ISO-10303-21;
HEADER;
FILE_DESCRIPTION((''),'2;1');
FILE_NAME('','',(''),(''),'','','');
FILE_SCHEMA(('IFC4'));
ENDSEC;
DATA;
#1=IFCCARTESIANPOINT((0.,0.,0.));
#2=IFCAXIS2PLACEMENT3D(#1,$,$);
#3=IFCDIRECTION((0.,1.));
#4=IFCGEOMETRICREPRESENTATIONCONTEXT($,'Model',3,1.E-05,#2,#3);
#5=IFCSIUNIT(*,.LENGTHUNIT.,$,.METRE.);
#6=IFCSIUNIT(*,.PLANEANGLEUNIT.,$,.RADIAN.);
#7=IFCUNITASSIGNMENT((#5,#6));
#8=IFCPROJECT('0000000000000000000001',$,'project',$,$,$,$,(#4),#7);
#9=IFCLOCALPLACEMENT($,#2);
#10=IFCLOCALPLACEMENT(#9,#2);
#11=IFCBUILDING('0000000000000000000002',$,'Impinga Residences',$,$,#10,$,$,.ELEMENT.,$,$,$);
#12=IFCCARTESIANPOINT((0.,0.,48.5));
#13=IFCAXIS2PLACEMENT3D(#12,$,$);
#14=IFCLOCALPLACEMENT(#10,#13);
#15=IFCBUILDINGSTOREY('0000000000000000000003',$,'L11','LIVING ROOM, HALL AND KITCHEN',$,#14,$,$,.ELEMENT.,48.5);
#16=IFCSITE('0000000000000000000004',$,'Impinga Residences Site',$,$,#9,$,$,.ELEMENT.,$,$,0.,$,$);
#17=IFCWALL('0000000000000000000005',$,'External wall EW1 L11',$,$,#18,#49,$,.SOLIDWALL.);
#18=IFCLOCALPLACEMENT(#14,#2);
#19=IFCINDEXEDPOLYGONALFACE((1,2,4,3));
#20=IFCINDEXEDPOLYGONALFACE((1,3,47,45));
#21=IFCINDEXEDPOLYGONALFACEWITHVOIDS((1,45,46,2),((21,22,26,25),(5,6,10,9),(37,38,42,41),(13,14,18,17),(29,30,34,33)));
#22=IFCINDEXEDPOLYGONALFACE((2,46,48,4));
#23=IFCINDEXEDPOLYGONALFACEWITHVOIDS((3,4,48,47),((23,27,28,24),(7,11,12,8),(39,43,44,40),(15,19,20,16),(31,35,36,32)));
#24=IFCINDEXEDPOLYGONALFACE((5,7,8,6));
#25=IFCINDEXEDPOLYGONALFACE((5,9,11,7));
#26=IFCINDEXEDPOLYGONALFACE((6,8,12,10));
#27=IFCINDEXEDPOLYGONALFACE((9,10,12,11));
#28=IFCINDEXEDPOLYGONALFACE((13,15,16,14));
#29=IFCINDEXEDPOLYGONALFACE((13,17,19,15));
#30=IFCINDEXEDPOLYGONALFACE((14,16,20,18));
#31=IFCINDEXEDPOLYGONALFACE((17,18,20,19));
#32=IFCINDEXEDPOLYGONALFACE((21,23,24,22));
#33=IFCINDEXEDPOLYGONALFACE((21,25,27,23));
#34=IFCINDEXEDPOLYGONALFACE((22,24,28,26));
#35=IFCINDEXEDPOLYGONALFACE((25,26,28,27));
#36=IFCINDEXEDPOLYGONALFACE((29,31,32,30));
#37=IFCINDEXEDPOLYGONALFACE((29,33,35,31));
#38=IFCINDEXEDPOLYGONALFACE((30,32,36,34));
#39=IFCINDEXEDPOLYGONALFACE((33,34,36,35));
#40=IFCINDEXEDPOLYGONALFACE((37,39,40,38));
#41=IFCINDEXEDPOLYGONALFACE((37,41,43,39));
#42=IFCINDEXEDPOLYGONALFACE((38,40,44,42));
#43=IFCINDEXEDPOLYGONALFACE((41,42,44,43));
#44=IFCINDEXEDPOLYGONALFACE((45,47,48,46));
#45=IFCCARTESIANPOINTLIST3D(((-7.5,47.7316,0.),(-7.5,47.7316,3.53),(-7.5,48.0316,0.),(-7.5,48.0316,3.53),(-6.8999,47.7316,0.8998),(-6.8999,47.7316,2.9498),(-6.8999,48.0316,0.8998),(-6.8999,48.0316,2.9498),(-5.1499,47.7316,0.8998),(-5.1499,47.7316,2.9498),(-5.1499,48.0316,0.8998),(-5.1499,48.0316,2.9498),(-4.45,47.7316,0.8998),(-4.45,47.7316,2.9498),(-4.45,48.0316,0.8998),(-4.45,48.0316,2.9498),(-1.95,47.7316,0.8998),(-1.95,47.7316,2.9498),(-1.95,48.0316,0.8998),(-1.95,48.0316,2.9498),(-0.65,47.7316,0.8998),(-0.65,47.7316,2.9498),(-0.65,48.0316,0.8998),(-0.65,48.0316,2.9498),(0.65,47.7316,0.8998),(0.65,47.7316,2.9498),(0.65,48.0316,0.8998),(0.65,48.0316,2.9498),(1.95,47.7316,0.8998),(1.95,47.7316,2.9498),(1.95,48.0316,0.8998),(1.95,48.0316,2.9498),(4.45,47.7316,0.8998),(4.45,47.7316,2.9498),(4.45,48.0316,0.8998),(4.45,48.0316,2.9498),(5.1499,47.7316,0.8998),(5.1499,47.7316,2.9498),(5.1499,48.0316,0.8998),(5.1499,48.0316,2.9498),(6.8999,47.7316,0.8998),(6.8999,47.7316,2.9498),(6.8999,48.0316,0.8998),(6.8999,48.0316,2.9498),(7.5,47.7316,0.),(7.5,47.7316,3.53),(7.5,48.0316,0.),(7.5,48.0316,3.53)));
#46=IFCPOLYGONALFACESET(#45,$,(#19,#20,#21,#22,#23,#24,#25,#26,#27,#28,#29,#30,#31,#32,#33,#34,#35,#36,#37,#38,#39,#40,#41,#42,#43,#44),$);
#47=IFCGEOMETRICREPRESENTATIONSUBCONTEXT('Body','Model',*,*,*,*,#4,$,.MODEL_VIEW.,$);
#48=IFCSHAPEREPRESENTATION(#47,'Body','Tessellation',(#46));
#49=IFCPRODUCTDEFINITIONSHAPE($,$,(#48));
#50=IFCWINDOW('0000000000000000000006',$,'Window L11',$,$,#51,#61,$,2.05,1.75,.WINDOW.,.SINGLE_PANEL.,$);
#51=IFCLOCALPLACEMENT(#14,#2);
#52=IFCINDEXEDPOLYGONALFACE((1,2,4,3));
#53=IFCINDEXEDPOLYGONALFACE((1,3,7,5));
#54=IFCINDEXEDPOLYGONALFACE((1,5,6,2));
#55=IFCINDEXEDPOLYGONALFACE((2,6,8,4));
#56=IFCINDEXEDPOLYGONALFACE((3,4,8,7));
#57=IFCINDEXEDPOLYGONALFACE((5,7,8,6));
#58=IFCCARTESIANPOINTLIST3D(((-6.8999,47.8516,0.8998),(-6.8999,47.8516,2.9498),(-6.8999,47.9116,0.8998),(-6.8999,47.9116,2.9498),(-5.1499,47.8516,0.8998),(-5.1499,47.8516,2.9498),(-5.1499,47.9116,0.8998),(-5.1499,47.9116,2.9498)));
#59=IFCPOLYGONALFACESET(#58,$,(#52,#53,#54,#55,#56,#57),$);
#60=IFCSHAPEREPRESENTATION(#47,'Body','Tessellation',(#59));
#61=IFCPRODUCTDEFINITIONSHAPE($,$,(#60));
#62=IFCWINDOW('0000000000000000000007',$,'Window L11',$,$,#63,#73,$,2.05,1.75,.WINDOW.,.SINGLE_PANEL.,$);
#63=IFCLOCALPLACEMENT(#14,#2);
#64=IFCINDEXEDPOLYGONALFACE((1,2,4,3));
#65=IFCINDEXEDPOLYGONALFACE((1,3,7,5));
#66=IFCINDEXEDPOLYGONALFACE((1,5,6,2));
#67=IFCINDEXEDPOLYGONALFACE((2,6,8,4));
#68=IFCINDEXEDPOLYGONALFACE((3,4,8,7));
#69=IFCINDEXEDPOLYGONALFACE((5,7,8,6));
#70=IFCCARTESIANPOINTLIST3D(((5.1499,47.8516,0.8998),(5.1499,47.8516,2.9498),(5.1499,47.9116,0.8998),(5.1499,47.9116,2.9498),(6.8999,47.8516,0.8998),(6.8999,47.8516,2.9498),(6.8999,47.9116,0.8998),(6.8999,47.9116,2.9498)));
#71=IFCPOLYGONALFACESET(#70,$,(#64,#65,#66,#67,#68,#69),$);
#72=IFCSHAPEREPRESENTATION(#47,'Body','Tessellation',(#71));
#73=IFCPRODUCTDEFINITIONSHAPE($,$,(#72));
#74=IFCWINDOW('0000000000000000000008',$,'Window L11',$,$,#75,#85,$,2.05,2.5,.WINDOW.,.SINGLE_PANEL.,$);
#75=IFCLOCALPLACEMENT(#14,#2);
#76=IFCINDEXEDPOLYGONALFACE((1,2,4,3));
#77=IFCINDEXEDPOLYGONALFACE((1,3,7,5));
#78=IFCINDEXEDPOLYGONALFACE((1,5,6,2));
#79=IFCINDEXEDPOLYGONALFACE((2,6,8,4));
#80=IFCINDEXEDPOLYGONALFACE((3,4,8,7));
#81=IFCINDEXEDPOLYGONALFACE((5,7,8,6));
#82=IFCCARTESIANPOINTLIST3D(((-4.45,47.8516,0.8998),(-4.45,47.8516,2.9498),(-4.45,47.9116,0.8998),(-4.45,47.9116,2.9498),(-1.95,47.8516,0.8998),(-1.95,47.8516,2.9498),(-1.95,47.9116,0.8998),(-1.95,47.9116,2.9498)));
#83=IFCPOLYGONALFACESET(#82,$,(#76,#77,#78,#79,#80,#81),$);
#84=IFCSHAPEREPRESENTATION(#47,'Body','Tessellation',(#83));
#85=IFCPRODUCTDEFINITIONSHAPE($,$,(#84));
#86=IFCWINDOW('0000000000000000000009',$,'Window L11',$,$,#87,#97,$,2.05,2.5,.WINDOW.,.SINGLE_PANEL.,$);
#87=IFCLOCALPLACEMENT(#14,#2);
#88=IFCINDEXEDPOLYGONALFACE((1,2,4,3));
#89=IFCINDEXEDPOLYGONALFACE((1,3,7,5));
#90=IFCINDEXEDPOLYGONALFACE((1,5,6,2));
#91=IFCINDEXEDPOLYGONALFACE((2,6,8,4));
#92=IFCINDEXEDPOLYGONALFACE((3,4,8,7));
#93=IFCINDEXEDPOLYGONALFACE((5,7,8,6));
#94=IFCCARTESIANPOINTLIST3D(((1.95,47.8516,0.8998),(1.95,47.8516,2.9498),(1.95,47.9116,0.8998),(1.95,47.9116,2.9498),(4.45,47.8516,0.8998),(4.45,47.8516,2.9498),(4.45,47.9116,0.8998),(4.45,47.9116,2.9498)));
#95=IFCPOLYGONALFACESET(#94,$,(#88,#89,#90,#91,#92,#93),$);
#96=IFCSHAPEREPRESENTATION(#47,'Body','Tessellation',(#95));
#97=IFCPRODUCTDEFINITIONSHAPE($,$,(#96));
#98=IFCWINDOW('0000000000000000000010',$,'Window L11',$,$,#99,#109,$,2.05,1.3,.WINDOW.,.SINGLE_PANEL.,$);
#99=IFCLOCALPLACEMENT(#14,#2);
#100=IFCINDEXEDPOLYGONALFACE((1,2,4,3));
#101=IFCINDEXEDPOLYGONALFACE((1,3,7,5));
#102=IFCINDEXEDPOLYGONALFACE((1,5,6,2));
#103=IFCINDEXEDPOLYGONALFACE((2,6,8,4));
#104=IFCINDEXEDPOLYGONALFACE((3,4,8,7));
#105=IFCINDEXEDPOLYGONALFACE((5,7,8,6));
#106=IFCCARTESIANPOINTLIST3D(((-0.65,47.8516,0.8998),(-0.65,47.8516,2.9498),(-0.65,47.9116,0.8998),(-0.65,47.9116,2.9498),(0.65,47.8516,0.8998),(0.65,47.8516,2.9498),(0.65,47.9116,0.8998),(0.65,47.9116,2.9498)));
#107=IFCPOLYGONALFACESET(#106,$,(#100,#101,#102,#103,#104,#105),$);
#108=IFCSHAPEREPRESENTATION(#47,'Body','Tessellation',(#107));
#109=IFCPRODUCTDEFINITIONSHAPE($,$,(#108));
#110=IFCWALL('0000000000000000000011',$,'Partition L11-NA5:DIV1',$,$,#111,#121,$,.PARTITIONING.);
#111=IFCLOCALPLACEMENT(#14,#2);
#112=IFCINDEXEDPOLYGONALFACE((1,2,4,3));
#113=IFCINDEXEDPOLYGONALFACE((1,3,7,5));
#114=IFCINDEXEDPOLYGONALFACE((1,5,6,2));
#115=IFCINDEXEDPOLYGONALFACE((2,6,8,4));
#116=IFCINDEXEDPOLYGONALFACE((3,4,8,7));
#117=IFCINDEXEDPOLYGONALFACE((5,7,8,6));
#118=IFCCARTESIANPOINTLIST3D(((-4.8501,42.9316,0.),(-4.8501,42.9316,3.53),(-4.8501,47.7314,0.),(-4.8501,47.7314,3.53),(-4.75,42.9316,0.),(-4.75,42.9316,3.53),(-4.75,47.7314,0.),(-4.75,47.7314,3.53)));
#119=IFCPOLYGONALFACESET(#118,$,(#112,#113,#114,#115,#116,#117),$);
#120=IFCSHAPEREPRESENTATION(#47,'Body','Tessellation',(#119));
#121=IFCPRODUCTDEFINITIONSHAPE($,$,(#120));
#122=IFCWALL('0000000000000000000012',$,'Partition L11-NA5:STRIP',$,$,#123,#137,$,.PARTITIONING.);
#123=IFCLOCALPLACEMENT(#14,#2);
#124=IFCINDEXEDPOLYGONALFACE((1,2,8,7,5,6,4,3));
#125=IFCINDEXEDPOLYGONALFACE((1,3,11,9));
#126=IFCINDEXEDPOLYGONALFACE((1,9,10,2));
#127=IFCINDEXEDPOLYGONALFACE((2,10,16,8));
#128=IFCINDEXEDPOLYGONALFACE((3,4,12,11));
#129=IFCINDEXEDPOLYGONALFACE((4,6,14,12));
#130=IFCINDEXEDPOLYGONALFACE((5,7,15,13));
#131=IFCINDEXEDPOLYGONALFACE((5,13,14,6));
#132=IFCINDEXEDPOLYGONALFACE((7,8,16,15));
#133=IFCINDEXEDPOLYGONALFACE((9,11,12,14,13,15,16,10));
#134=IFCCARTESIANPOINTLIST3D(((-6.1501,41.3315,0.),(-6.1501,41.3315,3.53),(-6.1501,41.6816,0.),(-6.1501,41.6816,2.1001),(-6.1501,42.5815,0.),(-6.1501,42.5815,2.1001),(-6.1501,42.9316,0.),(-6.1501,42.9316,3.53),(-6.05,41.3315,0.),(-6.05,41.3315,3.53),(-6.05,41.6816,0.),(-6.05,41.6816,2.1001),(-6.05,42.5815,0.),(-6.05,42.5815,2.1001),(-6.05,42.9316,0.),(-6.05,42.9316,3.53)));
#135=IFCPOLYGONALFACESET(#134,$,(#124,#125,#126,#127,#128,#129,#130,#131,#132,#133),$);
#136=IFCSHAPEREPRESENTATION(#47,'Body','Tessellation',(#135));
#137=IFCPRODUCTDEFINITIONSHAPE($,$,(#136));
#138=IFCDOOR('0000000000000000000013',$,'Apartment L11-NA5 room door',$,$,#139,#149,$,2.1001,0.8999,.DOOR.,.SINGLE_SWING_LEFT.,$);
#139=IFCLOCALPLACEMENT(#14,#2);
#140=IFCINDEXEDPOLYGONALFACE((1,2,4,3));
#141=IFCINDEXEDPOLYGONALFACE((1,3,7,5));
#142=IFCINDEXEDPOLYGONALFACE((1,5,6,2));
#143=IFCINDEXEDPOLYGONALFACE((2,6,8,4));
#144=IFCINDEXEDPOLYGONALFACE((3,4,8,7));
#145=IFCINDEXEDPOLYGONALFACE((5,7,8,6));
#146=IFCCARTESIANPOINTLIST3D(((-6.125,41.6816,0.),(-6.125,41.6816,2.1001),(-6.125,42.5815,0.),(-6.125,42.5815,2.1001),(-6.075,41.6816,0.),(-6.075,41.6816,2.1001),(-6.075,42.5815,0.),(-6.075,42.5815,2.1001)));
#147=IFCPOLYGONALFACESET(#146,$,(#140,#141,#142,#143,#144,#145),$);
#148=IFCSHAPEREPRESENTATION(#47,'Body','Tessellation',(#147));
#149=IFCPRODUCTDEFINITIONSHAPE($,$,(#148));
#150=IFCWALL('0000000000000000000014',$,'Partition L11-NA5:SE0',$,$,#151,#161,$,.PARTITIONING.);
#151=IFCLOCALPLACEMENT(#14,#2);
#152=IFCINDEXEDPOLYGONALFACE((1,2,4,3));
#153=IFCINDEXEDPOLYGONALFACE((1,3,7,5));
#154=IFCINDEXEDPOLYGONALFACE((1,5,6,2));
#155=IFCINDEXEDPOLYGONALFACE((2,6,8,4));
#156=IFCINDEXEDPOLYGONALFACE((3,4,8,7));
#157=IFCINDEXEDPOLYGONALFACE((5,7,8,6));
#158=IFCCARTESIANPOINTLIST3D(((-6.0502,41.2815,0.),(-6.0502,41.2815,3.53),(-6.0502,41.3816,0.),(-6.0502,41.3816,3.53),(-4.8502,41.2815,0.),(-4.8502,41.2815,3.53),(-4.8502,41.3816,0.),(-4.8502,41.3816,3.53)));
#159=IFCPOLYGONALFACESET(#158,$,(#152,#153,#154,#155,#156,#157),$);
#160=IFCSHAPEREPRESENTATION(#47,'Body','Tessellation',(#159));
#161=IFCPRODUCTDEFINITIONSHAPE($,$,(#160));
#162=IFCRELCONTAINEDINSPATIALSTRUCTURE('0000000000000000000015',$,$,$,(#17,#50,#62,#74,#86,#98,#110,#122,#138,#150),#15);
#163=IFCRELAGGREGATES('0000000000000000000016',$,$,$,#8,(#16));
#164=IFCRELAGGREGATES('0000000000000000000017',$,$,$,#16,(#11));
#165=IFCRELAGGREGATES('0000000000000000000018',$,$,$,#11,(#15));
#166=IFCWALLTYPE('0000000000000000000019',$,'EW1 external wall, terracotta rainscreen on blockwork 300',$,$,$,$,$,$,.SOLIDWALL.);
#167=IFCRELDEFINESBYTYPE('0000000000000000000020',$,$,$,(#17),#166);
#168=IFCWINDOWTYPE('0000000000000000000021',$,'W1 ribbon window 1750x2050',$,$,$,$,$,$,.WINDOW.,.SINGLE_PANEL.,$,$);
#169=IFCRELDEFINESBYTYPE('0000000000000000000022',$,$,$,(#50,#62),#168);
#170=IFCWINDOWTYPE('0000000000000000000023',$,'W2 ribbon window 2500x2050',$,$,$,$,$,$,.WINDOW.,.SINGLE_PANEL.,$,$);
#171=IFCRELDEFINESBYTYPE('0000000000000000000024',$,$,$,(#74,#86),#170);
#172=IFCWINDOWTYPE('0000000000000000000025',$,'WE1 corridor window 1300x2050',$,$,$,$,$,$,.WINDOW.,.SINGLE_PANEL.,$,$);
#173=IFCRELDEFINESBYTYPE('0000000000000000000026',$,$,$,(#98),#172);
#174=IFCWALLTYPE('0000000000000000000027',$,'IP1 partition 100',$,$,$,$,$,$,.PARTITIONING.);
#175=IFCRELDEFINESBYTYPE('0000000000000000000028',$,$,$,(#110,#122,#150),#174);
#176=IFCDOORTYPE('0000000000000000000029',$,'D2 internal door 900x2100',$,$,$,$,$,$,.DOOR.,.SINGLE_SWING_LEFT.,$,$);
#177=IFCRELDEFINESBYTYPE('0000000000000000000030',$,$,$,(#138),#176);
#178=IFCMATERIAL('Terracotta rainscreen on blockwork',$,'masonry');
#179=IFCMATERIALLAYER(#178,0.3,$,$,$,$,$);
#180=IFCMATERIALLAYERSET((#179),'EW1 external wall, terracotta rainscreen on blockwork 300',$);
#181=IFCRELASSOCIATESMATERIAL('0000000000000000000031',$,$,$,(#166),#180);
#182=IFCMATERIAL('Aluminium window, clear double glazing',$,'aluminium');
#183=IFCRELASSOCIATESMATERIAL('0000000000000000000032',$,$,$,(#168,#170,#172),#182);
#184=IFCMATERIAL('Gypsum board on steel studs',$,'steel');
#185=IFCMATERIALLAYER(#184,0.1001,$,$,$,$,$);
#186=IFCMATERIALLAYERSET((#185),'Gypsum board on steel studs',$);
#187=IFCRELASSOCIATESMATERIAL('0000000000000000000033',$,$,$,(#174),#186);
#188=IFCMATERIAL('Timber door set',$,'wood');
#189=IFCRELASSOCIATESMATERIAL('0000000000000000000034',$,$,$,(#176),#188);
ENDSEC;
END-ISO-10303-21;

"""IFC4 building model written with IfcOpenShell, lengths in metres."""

from ifc_helpers import new_model, si_unit, direction, frame, frame_2d, origin, place, context, subcontext, project, spatial, rectangle, extrude, material, layer, layer_set, type_object, element, fill, save


model = new_model("IFC4")

# Units and contexts
model_context = context("Model", 3, precision=1e-05, world=origin(), true_north=direction((0.0, 1.0)))
body_context = subcontext(model_context, "Body", "Model", "MODEL_VIEW")
ifc_project = project(units=[si_unit("LENGTHUNIT", "METRE"), si_unit("PLANEANGLEUNIT", "RADIAN")], contexts=[model_context])

# Site, building, storey
site_placement = place(None, origin())
site = spatial("IfcSite", under=ifc_project, at=site_placement, Name="Impinga Residences Site", CompositionType="ELEMENT", RefElevation=0.0)
building_placement = place(site_placement, origin())
building = spatial("IfcBuilding", under=site, at=building_placement, Name="Impinga Residences", CompositionType="ELEMENT")
storey_placement = place(building_placement, frame((0.0, 0.0, 48.5)))
storey = spatial("IfcBuildingStorey", under=building, at=storey_placement, Name="L11", Description="LIVING ROOM, HALL AND KITCHEN", CompositionType="ELEMENT", Elevation=48.5)

# Shared definitions
ifc_material_1 = material(Name="Terracotta rainscreen on blockwork", Category="masonry")
ifc_layer_1 = layer(ifc_material_1, 0.3)
ifc_layer_set_1 = layer_set([ifc_layer_1], Name="EW1 external wall, terracotta rainscreen on blockwork 300")
wall_type_1 = type_object("IfcWallType", Name="EW1 external wall, terracotta rainscreen on blockwork 300", PredefinedType="SOLIDWALL", material=ifc_layer_set_1)

# Wall, openings, windows
wall_1_placement = place(storey_placement, frame((-7.5, 47.8816, 0.0), z_axis=(0.0, 0.0, 1.0), x_axis=(1.0, 0.0, 0.0)))
wall_1 = element("IfcWall", 1, at=wall_1_placement, inside=storey, type_object=wall_type_1, Name="External wall EW1 L11", PredefinedType="SOLIDWALL", context=body_context, shape_type="SweptSolid", body=[
    extrude(rectangle(XDim=15.0, YDim=0.3, at=frame_2d((7.5, 0.0))), origin(), (0.0, 0.0, 1.0), 3.53),
])
opening_1_placement = place(wall_1_placement, frame((0.6001, 0.0, 0.8999)))
opening_1 = element("IfcOpeningElement", 2, at=opening_1_placement, cuts=wall_1, PredefinedType="OPENING", context=body_context, shape_type="SweptSolid", body=[
    extrude(rectangle(XDim=1.75, YDim=2.05, at=frame_2d((0.875, 1.0249))), frame((0.0, 0.1599, 0.0), z_axis=(0.0, -1.0, 0.0), x_axis=(1.0, 0.0, 0.0)), (0.0, 0.0, 1.0), 0.3201),
])
opening_2_placement = place(wall_1_placement, frame((3.05, 0.0, 0.8999)))
opening_2 = element("IfcOpeningElement", 3, at=opening_2_placement, cuts=wall_1, PredefinedType="OPENING", context=body_context, shape_type="SweptSolid", body=[
    extrude(rectangle(XDim=2.5, YDim=2.05, at=frame_2d((1.25, 1.0249))), frame((0.0, 0.1599, 0.0), z_axis=(0.0, -1.0, 0.0), x_axis=(1.0, 0.0, 0.0)), (0.0, 0.0, 1.0), 0.3201),
])
opening_3_placement = place(wall_1_placement, frame((6.8501, 0.0, 0.8999)))
opening_3 = element("IfcOpeningElement", 4, at=opening_3_placement, cuts=wall_1, PredefinedType="OPENING", context=body_context, shape_type="SweptSolid", body=[
    extrude(rectangle(XDim=1.3, YDim=2.05, at=frame_2d((0.6499, 1.0249))), frame((0.0, 0.1599, 0.0), z_axis=(0.0, -1.0, 0.0), x_axis=(1.0, 0.0, 0.0)), (0.0, 0.0, 1.0), 0.3201),
])
opening_4_placement = place(wall_1_placement, frame((9.45, 0.0, 0.8999)))
opening_4 = element("IfcOpeningElement", 5, at=opening_4_placement, cuts=wall_1, PredefinedType="OPENING", context=body_context, shape_type="SweptSolid", body=[
    extrude(rectangle(XDim=2.5, YDim=2.05, at=frame_2d((1.25, 1.0249))), frame((0.0, 0.1599, 0.0), z_axis=(0.0, -1.0, 0.0), x_axis=(1.0, 0.0, 0.0)), (0.0, 0.0, 1.0), 0.3201),
])
opening_5_placement = place(wall_1_placement, frame((12.6499, 0.0, 0.8999)))
opening_5 = element("IfcOpeningElement", 6, at=opening_5_placement, cuts=wall_1, PredefinedType="OPENING", context=body_context, shape_type="SweptSolid", body=[
    extrude(rectangle(XDim=1.75, YDim=2.05, at=frame_2d((0.875, 1.0249))), frame((0.0, 0.1599, 0.0), z_axis=(0.0, -1.0, 0.0), x_axis=(1.0, 0.0, 0.0)), (0.0, 0.0, 1.0), 0.3201),
])
ifc_material_2 = material(Name="Aluminium window, clear double glazing", Category="aluminium")
window_type_1 = type_object("IfcWindowType", Name="W1 ribbon window 1750x2050", PartitioningType="SINGLE_PANEL", PredefinedType="WINDOW", material=ifc_material_2)
window_1_placement = place(opening_1_placement, origin())
window_1 = element("IfcWindow", 7, at=window_1_placement, inside=storey, type_object=window_type_1, Name="Window L11", OverallHeight=2.05, OverallWidth=1.75, PartitioningType="SINGLE_PANEL", PredefinedType="WINDOW", context=body_context, shape_type="SweptSolid", body=[
    extrude(rectangle(XDim=1.75, YDim=2.05, at=frame_2d((0.875, 1.0249))), frame((0.0, 0.03, 0.0), z_axis=(0.0, -1.0, 0.0), x_axis=(1.0, 0.0, 0.0)), (0.0, 0.0, 1.0), 0.0601),
])
fill(opening_1, window_1)
window_2_placement = place(opening_5_placement, origin())
window_2 = element("IfcWindow", 8, at=window_2_placement, inside=storey, type_object=window_type_1, Name="Window L11", OverallHeight=2.05, OverallWidth=1.75, PartitioningType="SINGLE_PANEL", PredefinedType="WINDOW", context=body_context, shape_type="SweptSolid", body=[
    extrude(rectangle(XDim=1.75, YDim=2.05, at=frame_2d((0.875, 1.0249))), frame((0.0, 0.03, 0.0), z_axis=(0.0, -1.0, 0.0), x_axis=(1.0, 0.0, 0.0)), (0.0, 0.0, 1.0), 0.0601),
])
fill(opening_5, window_2)
window_type_2 = type_object("IfcWindowType", Name="W2 ribbon window 2500x2050", PartitioningType="SINGLE_PANEL", PredefinedType="WINDOW", material=ifc_material_2)
window_3_placement = place(opening_2_placement, origin())
window_3 = element("IfcWindow", 9, at=window_3_placement, inside=storey, type_object=window_type_2, Name="Window L11", OverallHeight=2.05, OverallWidth=2.5, PartitioningType="SINGLE_PANEL", PredefinedType="WINDOW", context=body_context, shape_type="SweptSolid", body=[
    extrude(rectangle(XDim=2.5, YDim=2.05, at=frame_2d((1.25, 1.0249))), frame((0.0, 0.03, 0.0), z_axis=(0.0, -1.0, 0.0), x_axis=(1.0, 0.0, 0.0)), (0.0, 0.0, 1.0), 0.0601),
])
fill(opening_2, window_3)
window_4_placement = place(opening_4_placement, origin())
window_4 = element("IfcWindow", 10, at=window_4_placement, inside=storey, type_object=window_type_2, Name="Window L11", OverallHeight=2.05, OverallWidth=2.5, PartitioningType="SINGLE_PANEL", PredefinedType="WINDOW", context=body_context, shape_type="SweptSolid", body=[
    extrude(rectangle(XDim=2.5, YDim=2.05, at=frame_2d((1.25, 1.0249))), frame((0.0, 0.03, 0.0), z_axis=(0.0, -1.0, 0.0), x_axis=(1.0, 0.0, 0.0)), (0.0, 0.0, 1.0), 0.0601),
])
fill(opening_4, window_4)
window_type_3 = type_object("IfcWindowType", Name="WE1 corridor window 1300x2050", PartitioningType="SINGLE_PANEL", PredefinedType="WINDOW", material=ifc_material_2)
window_5_placement = place(opening_3_placement, origin())
window_5 = element("IfcWindow", 11, at=window_5_placement, inside=storey, type_object=window_type_3, Name="Window L11", OverallHeight=2.05, OverallWidth=1.3, PartitioningType="SINGLE_PANEL", PredefinedType="WINDOW", context=body_context, shape_type="SweptSolid", body=[
    extrude(rectangle(XDim=1.3, YDim=2.05, at=frame_2d((0.6499, 1.0249))), frame((0.0, 0.03, 0.0), z_axis=(0.0, -1.0, 0.0), x_axis=(1.0, 0.0, 0.0)), (0.0, 0.0, 1.0), 0.0601),
])
fill(opening_3, window_5)

# Wall
ifc_material_3 = material(Name="Gypsum board on steel studs", Category="steel")
ifc_layer_2 = layer(ifc_material_3, 0.1001)
ifc_layer_set_2 = layer_set([ifc_layer_2], Name="Gypsum board on steel studs")
wall_type_2 = type_object("IfcWallType", Name="IP1 partition 100", PredefinedType="PARTITIONING", material=ifc_layer_set_2)
wall_2_placement = place(storey_placement, frame((-4.8, 42.9316, 0.0), z_axis=(0.0, 0.0, 1.0), x_axis=(0.0, 1.0, 0.0)))
element("IfcWall", 12, at=wall_2_placement, inside=storey, type_object=wall_type_2, Name="Partition L11-NA5:DIV1", PredefinedType="PARTITIONING", context=body_context, shape_type="SweptSolid", body=[
    extrude(rectangle(XDim=4.7998, YDim=0.1001, at=frame_2d((2.3999, 0.0))), origin(), (0.0, 0.0, 1.0), 3.53),
])

# Wall, opening, door
wall_3_placement = place(storey_placement, frame((-6.1001, 41.3315, 0.0), z_axis=(0.0, 0.0, 1.0), x_axis=(0.0, 1.0, 0.0)))
wall_3 = element("IfcWall", 13, at=wall_3_placement, inside=storey, type_object=wall_type_2, Name="Partition L11-NA5:STRIP", PredefinedType="PARTITIONING", context=body_context, shape_type="SweptSolid", body=[
    extrude(rectangle(XDim=1.6001, YDim=0.1001, at=frame_2d((0.8, 0.0))), origin(), (0.0, 0.0, 1.0), 3.53),
])
opening_6_placement = place(wall_3_placement, frame((0.3501, 0.0, 0.0)))
opening_6 = element("IfcOpeningElement", 14, at=opening_6_placement, cuts=wall_3, PredefinedType="OPENING", context=body_context, shape_type="SweptSolid", body=[
    extrude(rectangle(XDim=0.8999, YDim=2.1001, at=frame_2d((0.45, 1.05))), frame((0.0, 0.0601, 0.0), z_axis=(0.0, -1.0, 0.0), x_axis=(1.0, 0.0, 0.0)), (0.0, 0.0, 1.0), 0.1201),
])
ifc_material_4 = material(Name="Timber door set", Category="wood")
door_type = type_object("IfcDoorType", Name="D2 internal door 900x2100", OperationType="SINGLE_SWING_LEFT", PredefinedType="DOOR", material=ifc_material_4)
door_1_placement = place(opening_6_placement, origin())
door_1 = element("IfcDoor", 15, at=door_1_placement, inside=storey, type_object=door_type, Name="Apartment L11-NA5 room door", OperationType="SINGLE_SWING_LEFT", OverallHeight=2.1001, OverallWidth=0.8999, PredefinedType="DOOR", context=body_context, shape_type="SweptSolid", body=[
    extrude(rectangle(XDim=0.8999, YDim=2.1001, at=frame_2d((0.45, 1.05))), frame((0.0, 0.0249, 0.0), z_axis=(0.0, -1.0, 0.0), x_axis=(1.0, 0.0, 0.0)), (0.0, 0.0, 1.0), 0.05),
])
fill(opening_6, door_1)

# Wall
for number, where, z_axis, x_axis, name in (
    (16, (-4.8501, 41.3315, 0.0), (0.0, 0.0, 1.0), (-1.0, 0.0, 0.0), "Partition L11-NA5:SE0"),
):
    element("IfcWall", number, at=place(storey_placement, frame(where, z_axis=z_axis, x_axis=x_axis)), inside=storey, type_object=wall_type_2, Name=name, PredefinedType="PARTITIONING", context=body_context, shape_type="SweptSolid", body=[
        extrude(rectangle(XDim=1.2, YDim=0.1001, at=frame_2d((0.6001, 0.0))), origin(), (0.0, 0.0, 1.0), 3.53),
    ])

save(model, "model.ifc")
